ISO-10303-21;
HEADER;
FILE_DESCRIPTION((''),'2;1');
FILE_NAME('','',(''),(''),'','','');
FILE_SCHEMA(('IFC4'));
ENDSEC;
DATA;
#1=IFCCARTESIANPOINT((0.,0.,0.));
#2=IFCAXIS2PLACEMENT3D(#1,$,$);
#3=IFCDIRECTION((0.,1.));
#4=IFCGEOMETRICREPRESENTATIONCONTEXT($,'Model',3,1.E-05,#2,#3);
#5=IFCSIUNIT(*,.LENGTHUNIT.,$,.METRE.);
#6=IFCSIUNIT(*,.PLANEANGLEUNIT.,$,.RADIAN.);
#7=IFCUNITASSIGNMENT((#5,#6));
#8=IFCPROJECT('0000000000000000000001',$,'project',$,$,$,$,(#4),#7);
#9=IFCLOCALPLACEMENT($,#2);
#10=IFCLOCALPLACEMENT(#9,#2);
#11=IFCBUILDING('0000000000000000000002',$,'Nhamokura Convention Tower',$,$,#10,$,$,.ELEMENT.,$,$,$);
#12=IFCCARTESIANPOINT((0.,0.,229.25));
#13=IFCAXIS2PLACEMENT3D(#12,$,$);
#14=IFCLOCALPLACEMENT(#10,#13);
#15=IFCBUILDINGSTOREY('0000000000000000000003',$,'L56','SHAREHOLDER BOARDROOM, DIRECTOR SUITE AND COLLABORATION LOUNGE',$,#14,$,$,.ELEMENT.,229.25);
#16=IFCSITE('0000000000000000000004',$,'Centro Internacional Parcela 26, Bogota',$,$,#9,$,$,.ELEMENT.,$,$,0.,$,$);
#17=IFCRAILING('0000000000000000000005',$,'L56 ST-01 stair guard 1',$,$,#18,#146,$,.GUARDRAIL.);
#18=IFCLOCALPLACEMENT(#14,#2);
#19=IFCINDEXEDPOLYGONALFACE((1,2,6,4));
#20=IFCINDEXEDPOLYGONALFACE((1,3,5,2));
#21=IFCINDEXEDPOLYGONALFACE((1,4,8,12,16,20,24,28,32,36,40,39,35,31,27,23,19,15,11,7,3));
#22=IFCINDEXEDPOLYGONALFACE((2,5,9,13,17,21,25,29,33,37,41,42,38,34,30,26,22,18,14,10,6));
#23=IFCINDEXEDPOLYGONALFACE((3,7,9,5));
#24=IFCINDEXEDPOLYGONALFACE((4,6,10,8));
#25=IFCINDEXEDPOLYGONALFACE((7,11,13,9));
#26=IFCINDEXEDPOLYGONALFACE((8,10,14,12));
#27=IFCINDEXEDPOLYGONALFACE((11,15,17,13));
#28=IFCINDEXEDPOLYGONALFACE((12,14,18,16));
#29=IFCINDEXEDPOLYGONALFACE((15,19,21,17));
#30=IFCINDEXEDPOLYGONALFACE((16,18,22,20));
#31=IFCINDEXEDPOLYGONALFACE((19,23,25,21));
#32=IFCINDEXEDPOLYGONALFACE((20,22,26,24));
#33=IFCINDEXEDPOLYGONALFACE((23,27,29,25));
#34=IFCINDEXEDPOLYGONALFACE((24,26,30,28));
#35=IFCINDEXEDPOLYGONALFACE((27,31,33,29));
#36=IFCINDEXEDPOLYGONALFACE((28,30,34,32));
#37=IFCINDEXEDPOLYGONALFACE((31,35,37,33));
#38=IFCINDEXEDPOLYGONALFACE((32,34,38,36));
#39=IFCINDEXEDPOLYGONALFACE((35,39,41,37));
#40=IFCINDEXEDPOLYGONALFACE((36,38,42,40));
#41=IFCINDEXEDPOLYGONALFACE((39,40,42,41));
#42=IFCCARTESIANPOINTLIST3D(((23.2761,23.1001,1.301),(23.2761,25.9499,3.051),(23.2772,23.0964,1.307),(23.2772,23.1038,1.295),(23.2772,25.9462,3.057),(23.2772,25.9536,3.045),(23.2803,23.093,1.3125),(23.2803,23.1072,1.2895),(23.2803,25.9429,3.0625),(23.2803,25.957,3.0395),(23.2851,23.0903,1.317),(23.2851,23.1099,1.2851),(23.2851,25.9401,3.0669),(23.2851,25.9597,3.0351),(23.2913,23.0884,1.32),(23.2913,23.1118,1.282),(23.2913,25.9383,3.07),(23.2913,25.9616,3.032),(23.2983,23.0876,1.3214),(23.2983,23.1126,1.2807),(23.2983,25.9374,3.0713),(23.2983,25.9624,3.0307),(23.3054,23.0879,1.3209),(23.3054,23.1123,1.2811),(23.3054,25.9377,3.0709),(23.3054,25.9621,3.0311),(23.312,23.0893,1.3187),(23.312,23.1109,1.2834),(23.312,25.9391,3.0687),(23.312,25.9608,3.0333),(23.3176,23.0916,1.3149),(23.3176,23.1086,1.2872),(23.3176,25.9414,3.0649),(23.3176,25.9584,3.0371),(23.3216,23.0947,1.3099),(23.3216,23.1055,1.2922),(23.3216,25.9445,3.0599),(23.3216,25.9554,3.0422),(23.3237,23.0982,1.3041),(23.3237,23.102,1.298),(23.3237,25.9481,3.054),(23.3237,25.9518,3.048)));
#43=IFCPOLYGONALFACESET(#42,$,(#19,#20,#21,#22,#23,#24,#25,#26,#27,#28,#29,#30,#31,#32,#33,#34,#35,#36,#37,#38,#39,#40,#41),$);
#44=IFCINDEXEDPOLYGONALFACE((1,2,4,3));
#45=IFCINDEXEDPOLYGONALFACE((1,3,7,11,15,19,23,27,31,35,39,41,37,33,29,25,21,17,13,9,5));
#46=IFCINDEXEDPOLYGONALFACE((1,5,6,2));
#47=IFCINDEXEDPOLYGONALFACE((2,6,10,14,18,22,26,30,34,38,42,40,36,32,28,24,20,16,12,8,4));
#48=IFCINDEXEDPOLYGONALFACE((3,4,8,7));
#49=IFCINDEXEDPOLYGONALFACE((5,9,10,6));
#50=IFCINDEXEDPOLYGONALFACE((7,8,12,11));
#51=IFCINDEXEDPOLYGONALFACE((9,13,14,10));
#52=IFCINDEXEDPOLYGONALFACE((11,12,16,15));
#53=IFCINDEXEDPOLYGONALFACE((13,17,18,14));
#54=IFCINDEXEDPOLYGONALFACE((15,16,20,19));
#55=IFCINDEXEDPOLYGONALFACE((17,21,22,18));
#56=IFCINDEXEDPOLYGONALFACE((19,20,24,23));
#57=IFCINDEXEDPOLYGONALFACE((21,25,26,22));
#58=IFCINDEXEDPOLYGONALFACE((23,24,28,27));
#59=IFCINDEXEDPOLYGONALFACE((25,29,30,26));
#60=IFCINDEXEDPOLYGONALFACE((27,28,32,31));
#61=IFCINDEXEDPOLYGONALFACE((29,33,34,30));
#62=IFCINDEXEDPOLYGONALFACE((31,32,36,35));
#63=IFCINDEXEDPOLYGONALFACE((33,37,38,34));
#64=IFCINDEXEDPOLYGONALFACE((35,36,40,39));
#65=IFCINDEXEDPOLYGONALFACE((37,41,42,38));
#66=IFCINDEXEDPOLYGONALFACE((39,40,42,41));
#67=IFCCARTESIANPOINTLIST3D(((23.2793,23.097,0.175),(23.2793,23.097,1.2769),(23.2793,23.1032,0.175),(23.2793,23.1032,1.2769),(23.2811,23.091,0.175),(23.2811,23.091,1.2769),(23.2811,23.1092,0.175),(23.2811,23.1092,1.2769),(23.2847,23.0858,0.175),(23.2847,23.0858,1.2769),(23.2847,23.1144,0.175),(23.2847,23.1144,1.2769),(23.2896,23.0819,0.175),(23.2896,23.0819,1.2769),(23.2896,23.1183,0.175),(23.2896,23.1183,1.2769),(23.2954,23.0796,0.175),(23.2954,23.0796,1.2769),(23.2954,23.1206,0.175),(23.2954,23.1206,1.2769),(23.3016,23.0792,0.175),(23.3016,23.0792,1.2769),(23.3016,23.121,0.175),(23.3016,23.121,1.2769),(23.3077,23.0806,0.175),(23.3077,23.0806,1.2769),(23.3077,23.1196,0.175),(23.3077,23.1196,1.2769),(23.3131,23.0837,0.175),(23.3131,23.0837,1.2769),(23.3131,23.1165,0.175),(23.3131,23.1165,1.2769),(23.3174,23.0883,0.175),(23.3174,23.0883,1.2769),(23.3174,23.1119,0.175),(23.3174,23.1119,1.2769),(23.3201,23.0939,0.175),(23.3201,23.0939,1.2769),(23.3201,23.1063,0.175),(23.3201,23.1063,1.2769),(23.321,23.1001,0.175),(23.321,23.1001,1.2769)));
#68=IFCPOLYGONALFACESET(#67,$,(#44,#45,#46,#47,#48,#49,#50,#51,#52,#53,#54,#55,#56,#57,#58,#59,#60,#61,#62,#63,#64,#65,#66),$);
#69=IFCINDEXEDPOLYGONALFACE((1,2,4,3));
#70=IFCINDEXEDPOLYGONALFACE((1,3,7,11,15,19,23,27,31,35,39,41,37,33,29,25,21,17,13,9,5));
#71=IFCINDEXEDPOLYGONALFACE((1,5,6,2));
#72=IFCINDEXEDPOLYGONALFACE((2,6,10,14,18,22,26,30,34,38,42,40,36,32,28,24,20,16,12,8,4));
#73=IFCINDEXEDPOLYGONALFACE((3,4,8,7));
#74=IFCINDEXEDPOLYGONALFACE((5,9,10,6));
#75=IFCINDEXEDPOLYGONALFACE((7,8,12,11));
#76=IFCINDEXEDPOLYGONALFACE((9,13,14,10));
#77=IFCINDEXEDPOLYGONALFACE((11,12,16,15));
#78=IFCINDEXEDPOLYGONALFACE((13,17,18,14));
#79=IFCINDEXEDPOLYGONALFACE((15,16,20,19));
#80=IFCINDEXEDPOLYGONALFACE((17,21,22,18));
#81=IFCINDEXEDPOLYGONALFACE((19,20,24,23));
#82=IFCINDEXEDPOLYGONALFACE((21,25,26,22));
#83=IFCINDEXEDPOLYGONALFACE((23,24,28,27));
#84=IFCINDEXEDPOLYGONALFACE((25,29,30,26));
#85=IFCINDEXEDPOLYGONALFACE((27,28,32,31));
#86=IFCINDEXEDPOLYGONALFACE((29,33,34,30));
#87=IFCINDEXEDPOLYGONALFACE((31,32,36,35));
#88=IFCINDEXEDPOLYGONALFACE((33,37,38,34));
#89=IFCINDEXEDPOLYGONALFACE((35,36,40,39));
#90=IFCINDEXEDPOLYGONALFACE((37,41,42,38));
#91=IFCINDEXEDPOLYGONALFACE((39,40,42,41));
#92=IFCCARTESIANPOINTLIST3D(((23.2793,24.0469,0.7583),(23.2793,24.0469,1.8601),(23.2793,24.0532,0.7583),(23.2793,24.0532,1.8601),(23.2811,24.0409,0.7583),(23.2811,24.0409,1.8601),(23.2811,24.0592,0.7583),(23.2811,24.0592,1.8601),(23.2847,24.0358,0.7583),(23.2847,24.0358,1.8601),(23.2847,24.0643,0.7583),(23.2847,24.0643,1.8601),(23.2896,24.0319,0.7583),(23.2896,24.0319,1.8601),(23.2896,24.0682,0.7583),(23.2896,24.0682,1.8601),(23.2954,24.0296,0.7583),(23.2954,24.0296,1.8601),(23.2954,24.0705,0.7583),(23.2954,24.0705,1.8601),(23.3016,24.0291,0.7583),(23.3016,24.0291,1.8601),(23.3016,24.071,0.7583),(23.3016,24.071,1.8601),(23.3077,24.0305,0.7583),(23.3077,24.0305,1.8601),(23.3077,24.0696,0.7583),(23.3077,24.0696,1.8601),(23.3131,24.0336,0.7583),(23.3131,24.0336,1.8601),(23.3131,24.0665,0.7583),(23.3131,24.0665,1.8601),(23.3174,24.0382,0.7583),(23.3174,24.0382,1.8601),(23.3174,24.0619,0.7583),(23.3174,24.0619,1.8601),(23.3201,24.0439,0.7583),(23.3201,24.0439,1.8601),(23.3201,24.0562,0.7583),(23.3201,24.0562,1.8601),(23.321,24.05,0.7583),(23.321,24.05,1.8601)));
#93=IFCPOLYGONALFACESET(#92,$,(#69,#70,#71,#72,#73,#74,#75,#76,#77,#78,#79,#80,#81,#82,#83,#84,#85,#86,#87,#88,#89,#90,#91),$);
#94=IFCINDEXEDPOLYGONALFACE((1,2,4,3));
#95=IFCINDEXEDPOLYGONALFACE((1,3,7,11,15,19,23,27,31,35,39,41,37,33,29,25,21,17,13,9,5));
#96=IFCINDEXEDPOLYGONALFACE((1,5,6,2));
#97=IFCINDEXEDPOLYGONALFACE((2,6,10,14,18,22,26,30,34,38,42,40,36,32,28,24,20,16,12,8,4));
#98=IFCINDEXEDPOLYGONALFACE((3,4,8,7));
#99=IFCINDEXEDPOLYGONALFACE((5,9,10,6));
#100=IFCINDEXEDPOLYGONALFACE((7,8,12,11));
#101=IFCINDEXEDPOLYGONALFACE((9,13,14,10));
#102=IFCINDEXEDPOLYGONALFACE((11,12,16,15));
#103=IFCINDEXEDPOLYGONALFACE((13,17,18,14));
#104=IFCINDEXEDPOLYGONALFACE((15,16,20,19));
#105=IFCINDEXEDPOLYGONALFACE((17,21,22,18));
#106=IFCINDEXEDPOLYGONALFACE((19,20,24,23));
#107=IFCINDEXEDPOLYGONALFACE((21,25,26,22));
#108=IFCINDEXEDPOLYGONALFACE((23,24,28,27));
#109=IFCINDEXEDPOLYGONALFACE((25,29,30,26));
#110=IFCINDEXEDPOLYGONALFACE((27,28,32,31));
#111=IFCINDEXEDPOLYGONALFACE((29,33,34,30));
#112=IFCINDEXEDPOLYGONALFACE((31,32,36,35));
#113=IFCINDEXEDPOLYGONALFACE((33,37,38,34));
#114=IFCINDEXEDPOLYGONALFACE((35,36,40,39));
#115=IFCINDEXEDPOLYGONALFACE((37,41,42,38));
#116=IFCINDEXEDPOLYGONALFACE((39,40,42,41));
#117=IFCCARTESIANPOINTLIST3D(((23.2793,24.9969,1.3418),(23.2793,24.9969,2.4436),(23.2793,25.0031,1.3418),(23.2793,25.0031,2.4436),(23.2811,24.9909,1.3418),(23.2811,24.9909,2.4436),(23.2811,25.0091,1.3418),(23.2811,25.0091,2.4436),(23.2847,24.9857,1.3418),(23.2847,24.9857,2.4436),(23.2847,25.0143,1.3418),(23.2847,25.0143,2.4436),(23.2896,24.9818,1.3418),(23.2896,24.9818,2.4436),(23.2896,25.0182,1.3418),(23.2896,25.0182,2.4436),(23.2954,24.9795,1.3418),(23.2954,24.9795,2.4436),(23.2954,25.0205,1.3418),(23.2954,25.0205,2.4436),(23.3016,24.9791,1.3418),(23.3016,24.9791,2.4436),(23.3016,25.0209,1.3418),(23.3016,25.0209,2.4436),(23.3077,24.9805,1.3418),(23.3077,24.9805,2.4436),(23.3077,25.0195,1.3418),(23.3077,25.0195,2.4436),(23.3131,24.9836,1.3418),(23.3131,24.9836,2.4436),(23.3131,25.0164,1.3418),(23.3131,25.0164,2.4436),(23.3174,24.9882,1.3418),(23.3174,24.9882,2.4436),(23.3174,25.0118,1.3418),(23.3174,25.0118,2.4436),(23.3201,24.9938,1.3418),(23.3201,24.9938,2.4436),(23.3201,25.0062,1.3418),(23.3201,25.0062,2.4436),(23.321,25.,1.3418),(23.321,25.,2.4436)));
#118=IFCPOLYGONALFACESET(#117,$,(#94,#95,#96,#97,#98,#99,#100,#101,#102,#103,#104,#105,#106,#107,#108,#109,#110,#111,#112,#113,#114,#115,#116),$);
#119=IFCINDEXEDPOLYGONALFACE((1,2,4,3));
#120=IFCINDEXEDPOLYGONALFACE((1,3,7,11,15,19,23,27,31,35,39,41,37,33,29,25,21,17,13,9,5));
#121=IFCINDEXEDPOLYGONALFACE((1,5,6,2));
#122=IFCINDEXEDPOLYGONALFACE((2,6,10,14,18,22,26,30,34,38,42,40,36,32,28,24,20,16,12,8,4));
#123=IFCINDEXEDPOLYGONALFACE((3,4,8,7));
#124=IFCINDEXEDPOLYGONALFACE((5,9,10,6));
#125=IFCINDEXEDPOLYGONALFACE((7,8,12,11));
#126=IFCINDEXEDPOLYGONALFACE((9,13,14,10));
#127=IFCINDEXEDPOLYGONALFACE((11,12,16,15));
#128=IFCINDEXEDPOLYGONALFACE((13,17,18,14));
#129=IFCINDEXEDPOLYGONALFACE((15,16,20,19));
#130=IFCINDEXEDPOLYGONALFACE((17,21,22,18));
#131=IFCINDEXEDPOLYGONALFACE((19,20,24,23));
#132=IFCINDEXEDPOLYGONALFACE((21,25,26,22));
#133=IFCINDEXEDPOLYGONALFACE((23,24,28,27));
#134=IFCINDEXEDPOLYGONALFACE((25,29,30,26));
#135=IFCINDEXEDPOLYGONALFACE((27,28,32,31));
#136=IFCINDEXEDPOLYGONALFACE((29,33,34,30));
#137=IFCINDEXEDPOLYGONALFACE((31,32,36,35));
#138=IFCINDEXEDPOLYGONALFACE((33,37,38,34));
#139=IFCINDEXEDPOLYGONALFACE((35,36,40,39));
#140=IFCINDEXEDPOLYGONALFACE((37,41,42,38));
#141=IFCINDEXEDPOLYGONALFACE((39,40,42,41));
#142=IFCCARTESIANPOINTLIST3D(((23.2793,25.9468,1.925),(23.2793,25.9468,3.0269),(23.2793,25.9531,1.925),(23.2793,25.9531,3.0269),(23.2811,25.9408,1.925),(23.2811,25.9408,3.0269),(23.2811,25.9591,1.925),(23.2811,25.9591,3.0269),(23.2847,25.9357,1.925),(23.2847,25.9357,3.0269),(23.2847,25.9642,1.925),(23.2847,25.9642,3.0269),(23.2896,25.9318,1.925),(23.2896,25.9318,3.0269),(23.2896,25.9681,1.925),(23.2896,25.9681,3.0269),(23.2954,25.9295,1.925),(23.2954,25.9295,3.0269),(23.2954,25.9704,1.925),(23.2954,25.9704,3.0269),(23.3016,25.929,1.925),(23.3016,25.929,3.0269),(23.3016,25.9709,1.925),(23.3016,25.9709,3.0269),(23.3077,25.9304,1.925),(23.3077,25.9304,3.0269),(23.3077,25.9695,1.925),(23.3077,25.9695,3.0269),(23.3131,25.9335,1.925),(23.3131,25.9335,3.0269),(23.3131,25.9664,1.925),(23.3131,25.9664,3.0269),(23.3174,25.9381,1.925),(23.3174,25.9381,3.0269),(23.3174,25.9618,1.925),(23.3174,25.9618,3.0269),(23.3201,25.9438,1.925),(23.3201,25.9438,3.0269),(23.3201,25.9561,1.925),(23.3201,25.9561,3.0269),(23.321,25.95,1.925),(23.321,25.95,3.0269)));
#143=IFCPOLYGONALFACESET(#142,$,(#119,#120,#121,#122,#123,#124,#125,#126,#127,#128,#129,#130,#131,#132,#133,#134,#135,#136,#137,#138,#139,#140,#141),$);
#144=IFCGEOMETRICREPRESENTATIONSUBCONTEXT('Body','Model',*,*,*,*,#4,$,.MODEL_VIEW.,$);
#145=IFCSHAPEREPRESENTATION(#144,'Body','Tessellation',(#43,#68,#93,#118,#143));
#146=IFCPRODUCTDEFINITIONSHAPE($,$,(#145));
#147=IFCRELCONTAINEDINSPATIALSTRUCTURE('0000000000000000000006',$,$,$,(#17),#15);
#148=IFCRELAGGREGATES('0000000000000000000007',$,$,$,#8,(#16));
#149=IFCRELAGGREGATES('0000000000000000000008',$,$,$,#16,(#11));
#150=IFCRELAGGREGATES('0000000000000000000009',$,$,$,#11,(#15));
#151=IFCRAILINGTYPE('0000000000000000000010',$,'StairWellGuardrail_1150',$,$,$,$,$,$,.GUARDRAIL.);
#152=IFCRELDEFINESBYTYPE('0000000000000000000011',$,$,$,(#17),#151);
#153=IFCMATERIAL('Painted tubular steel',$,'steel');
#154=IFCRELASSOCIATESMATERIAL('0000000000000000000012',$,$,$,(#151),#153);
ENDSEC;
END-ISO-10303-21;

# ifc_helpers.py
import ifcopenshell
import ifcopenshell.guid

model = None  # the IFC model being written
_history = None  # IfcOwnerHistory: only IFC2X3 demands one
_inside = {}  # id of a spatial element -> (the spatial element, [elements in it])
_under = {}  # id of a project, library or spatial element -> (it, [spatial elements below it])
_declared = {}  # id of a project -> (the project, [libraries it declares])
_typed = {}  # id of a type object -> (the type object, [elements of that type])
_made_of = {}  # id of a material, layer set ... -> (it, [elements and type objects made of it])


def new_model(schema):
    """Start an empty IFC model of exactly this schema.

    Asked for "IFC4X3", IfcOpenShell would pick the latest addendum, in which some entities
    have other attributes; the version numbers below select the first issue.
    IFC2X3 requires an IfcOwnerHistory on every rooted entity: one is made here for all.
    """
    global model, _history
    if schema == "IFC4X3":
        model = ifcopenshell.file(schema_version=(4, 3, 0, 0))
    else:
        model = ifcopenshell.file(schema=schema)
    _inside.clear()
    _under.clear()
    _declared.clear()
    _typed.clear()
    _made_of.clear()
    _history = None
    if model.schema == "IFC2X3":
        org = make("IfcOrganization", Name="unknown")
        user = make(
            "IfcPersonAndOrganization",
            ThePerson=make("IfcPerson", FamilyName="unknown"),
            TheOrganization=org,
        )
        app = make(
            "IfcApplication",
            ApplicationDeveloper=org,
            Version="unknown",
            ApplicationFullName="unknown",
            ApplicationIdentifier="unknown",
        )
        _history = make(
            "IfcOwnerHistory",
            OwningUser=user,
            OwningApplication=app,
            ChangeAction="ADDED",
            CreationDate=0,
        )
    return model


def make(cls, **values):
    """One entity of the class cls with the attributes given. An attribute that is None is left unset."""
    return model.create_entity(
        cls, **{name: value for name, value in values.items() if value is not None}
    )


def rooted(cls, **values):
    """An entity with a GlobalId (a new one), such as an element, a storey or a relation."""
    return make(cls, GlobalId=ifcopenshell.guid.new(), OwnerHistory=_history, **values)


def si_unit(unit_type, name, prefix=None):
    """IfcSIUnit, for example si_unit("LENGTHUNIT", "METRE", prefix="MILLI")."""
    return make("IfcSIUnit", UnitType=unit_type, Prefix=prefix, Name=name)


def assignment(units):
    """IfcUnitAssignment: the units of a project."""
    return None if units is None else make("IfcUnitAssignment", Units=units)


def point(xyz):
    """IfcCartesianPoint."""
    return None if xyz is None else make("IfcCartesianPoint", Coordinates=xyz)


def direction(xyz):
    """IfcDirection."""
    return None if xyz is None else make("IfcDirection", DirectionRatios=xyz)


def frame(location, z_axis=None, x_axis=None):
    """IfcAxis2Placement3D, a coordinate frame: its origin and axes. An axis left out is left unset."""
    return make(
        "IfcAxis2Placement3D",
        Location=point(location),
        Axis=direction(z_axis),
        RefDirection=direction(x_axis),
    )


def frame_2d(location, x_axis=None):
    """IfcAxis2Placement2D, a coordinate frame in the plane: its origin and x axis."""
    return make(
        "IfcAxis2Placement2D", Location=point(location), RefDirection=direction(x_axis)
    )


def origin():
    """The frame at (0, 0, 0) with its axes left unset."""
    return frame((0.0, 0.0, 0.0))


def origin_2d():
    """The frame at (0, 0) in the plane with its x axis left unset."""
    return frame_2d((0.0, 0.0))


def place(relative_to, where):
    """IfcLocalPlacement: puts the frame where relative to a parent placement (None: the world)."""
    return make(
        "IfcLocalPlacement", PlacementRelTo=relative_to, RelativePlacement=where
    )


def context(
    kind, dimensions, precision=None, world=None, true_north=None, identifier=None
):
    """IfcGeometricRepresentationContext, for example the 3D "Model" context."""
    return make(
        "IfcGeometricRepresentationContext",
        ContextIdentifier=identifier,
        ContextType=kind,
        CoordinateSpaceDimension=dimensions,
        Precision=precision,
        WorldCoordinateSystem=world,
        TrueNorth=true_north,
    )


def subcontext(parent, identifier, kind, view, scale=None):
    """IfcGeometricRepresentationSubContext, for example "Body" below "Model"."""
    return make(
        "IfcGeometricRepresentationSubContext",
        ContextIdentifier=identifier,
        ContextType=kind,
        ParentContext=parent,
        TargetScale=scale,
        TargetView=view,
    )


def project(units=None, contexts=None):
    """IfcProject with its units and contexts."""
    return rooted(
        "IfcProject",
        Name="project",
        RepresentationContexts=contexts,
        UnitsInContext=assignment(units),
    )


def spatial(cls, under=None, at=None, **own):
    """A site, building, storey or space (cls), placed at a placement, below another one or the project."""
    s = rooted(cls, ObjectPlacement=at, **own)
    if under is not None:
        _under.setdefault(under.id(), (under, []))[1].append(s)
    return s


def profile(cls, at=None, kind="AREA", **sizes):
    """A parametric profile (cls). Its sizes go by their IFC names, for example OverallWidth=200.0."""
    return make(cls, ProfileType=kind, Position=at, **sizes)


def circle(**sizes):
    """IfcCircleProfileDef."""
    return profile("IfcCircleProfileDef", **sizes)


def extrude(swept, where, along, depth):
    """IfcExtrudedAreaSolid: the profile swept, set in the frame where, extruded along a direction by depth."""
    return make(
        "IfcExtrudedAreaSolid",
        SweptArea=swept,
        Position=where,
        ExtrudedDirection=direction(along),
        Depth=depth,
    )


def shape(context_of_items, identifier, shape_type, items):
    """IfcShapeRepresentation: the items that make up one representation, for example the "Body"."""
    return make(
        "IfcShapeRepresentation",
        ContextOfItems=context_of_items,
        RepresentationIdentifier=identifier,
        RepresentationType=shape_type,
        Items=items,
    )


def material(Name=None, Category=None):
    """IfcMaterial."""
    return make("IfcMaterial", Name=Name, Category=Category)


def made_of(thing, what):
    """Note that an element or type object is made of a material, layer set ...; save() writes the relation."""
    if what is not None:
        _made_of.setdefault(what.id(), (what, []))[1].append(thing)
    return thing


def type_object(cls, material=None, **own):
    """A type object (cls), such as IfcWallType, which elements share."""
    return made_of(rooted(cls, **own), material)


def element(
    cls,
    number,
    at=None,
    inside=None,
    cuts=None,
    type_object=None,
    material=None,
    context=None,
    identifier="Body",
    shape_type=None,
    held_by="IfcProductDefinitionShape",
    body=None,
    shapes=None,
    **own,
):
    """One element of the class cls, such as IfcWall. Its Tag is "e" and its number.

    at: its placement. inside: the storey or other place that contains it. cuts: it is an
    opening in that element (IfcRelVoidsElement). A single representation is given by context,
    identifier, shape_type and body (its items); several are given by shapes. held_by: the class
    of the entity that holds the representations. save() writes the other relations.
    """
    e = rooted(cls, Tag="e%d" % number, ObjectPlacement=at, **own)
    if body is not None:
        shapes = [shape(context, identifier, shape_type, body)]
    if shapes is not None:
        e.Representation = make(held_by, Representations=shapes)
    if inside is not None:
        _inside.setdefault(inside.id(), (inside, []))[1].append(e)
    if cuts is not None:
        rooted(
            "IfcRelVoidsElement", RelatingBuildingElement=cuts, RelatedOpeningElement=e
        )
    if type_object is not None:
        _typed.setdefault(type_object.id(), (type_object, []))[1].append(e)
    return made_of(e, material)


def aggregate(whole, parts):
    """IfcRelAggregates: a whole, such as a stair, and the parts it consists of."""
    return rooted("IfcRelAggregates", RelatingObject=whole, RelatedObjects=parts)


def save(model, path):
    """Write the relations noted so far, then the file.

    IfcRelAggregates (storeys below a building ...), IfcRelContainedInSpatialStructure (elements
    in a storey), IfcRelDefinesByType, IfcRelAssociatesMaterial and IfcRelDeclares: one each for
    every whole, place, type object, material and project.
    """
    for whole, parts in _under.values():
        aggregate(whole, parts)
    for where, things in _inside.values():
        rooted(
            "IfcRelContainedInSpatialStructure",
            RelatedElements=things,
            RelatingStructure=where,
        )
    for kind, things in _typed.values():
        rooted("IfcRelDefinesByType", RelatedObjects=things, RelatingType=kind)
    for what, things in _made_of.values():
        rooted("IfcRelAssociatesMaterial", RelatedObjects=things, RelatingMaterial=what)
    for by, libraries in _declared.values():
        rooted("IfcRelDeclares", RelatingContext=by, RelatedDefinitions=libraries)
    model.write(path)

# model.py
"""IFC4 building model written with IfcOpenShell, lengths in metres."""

from ifc_helpers import new_model, si_unit, direction, frame, origin, origin_2d, place, context, subcontext, project, spatial, circle, extrude, material, type_object, element, save


model = new_model("IFC4")

# Units and contexts
model_context = context("Model", 3, precision=1e-05, world=origin(), true_north=direction((0.0, 1.0)))
body_context = subcontext(model_context, "Body", "Model", "MODEL_VIEW")
ifc_project = project(units=[si_unit("LENGTHUNIT", "METRE"), si_unit("PLANEANGLEUNIT", "RADIAN")], contexts=[model_context])

# Site, building, storey
site_placement = place(None, origin())
site = spatial("IfcSite", under=ifc_project, at=site_placement, Name="Centro Internacional Parcela 26, Bogota", CompositionType="ELEMENT", RefElevation=0.0)
building_placement = place(site_placement, origin())
building = spatial("IfcBuilding", under=site, at=building_placement, Name="Nhamokura Convention Tower", CompositionType="ELEMENT")
storey_placement = place(building_placement, frame((0.0, 0.0, 229.25)))
storey = spatial("IfcBuildingStorey", under=building, at=storey_placement, Name="L56", Description="SHAREHOLDER BOARDROOM, DIRECTOR SUITE AND COLLABORATION LOUNGE", CompositionType="ELEMENT", Elevation=229.25)

# Railing
ifc_material_1 = material(Name="Painted tubular steel", Category="steel")
railing_type_1 = type_object("IfcRailingType", Name="StairWellGuardrail_1150", PredefinedType="GUARDRAIL", material=ifc_material_1)
railing_1_placement = place(storey_placement, frame((23.3, 23.1001, 0.175)))
element("IfcRailing", 1, at=railing_1_placement, inside=storey, type_object=railing_type_1, Name="L56 ST-01 stair guard 1", PredefinedType="GUARDRAIL", context=body_context, shape_type="SweptSolid", body=[
    extrude(circle(Radius=0.0239, at=origin_2d()), frame((0.0, 0.0, 1.126), z_axis=(0.0, 0.852159, 0.523283), x_axis=(-1.0, 0.0, 0.0)), (0.0, 0.0, 1.0), 3.3442),
    extrude(circle(Radius=0.021, at=origin_2d()), origin(), (0.0, 0.0, 1.0), 1.1018),
    extrude(circle(Radius=0.021, at=origin_2d()), frame((0.0, 0.95, 0.5833)), (0.0, 0.0, 1.0), 1.1018),
    extrude(circle(Radius=0.021, at=origin_2d()), frame((0.0, 1.8999, 1.1667)), (0.0, 0.0, 1.0), 1.1018),
    extrude(circle(Radius=0.021, at=origin_2d()), frame((0.0, 2.8499, 1.75)), (0.0, 0.0, 1.0), 1.1018),
])

save(model, "model.ifc")
